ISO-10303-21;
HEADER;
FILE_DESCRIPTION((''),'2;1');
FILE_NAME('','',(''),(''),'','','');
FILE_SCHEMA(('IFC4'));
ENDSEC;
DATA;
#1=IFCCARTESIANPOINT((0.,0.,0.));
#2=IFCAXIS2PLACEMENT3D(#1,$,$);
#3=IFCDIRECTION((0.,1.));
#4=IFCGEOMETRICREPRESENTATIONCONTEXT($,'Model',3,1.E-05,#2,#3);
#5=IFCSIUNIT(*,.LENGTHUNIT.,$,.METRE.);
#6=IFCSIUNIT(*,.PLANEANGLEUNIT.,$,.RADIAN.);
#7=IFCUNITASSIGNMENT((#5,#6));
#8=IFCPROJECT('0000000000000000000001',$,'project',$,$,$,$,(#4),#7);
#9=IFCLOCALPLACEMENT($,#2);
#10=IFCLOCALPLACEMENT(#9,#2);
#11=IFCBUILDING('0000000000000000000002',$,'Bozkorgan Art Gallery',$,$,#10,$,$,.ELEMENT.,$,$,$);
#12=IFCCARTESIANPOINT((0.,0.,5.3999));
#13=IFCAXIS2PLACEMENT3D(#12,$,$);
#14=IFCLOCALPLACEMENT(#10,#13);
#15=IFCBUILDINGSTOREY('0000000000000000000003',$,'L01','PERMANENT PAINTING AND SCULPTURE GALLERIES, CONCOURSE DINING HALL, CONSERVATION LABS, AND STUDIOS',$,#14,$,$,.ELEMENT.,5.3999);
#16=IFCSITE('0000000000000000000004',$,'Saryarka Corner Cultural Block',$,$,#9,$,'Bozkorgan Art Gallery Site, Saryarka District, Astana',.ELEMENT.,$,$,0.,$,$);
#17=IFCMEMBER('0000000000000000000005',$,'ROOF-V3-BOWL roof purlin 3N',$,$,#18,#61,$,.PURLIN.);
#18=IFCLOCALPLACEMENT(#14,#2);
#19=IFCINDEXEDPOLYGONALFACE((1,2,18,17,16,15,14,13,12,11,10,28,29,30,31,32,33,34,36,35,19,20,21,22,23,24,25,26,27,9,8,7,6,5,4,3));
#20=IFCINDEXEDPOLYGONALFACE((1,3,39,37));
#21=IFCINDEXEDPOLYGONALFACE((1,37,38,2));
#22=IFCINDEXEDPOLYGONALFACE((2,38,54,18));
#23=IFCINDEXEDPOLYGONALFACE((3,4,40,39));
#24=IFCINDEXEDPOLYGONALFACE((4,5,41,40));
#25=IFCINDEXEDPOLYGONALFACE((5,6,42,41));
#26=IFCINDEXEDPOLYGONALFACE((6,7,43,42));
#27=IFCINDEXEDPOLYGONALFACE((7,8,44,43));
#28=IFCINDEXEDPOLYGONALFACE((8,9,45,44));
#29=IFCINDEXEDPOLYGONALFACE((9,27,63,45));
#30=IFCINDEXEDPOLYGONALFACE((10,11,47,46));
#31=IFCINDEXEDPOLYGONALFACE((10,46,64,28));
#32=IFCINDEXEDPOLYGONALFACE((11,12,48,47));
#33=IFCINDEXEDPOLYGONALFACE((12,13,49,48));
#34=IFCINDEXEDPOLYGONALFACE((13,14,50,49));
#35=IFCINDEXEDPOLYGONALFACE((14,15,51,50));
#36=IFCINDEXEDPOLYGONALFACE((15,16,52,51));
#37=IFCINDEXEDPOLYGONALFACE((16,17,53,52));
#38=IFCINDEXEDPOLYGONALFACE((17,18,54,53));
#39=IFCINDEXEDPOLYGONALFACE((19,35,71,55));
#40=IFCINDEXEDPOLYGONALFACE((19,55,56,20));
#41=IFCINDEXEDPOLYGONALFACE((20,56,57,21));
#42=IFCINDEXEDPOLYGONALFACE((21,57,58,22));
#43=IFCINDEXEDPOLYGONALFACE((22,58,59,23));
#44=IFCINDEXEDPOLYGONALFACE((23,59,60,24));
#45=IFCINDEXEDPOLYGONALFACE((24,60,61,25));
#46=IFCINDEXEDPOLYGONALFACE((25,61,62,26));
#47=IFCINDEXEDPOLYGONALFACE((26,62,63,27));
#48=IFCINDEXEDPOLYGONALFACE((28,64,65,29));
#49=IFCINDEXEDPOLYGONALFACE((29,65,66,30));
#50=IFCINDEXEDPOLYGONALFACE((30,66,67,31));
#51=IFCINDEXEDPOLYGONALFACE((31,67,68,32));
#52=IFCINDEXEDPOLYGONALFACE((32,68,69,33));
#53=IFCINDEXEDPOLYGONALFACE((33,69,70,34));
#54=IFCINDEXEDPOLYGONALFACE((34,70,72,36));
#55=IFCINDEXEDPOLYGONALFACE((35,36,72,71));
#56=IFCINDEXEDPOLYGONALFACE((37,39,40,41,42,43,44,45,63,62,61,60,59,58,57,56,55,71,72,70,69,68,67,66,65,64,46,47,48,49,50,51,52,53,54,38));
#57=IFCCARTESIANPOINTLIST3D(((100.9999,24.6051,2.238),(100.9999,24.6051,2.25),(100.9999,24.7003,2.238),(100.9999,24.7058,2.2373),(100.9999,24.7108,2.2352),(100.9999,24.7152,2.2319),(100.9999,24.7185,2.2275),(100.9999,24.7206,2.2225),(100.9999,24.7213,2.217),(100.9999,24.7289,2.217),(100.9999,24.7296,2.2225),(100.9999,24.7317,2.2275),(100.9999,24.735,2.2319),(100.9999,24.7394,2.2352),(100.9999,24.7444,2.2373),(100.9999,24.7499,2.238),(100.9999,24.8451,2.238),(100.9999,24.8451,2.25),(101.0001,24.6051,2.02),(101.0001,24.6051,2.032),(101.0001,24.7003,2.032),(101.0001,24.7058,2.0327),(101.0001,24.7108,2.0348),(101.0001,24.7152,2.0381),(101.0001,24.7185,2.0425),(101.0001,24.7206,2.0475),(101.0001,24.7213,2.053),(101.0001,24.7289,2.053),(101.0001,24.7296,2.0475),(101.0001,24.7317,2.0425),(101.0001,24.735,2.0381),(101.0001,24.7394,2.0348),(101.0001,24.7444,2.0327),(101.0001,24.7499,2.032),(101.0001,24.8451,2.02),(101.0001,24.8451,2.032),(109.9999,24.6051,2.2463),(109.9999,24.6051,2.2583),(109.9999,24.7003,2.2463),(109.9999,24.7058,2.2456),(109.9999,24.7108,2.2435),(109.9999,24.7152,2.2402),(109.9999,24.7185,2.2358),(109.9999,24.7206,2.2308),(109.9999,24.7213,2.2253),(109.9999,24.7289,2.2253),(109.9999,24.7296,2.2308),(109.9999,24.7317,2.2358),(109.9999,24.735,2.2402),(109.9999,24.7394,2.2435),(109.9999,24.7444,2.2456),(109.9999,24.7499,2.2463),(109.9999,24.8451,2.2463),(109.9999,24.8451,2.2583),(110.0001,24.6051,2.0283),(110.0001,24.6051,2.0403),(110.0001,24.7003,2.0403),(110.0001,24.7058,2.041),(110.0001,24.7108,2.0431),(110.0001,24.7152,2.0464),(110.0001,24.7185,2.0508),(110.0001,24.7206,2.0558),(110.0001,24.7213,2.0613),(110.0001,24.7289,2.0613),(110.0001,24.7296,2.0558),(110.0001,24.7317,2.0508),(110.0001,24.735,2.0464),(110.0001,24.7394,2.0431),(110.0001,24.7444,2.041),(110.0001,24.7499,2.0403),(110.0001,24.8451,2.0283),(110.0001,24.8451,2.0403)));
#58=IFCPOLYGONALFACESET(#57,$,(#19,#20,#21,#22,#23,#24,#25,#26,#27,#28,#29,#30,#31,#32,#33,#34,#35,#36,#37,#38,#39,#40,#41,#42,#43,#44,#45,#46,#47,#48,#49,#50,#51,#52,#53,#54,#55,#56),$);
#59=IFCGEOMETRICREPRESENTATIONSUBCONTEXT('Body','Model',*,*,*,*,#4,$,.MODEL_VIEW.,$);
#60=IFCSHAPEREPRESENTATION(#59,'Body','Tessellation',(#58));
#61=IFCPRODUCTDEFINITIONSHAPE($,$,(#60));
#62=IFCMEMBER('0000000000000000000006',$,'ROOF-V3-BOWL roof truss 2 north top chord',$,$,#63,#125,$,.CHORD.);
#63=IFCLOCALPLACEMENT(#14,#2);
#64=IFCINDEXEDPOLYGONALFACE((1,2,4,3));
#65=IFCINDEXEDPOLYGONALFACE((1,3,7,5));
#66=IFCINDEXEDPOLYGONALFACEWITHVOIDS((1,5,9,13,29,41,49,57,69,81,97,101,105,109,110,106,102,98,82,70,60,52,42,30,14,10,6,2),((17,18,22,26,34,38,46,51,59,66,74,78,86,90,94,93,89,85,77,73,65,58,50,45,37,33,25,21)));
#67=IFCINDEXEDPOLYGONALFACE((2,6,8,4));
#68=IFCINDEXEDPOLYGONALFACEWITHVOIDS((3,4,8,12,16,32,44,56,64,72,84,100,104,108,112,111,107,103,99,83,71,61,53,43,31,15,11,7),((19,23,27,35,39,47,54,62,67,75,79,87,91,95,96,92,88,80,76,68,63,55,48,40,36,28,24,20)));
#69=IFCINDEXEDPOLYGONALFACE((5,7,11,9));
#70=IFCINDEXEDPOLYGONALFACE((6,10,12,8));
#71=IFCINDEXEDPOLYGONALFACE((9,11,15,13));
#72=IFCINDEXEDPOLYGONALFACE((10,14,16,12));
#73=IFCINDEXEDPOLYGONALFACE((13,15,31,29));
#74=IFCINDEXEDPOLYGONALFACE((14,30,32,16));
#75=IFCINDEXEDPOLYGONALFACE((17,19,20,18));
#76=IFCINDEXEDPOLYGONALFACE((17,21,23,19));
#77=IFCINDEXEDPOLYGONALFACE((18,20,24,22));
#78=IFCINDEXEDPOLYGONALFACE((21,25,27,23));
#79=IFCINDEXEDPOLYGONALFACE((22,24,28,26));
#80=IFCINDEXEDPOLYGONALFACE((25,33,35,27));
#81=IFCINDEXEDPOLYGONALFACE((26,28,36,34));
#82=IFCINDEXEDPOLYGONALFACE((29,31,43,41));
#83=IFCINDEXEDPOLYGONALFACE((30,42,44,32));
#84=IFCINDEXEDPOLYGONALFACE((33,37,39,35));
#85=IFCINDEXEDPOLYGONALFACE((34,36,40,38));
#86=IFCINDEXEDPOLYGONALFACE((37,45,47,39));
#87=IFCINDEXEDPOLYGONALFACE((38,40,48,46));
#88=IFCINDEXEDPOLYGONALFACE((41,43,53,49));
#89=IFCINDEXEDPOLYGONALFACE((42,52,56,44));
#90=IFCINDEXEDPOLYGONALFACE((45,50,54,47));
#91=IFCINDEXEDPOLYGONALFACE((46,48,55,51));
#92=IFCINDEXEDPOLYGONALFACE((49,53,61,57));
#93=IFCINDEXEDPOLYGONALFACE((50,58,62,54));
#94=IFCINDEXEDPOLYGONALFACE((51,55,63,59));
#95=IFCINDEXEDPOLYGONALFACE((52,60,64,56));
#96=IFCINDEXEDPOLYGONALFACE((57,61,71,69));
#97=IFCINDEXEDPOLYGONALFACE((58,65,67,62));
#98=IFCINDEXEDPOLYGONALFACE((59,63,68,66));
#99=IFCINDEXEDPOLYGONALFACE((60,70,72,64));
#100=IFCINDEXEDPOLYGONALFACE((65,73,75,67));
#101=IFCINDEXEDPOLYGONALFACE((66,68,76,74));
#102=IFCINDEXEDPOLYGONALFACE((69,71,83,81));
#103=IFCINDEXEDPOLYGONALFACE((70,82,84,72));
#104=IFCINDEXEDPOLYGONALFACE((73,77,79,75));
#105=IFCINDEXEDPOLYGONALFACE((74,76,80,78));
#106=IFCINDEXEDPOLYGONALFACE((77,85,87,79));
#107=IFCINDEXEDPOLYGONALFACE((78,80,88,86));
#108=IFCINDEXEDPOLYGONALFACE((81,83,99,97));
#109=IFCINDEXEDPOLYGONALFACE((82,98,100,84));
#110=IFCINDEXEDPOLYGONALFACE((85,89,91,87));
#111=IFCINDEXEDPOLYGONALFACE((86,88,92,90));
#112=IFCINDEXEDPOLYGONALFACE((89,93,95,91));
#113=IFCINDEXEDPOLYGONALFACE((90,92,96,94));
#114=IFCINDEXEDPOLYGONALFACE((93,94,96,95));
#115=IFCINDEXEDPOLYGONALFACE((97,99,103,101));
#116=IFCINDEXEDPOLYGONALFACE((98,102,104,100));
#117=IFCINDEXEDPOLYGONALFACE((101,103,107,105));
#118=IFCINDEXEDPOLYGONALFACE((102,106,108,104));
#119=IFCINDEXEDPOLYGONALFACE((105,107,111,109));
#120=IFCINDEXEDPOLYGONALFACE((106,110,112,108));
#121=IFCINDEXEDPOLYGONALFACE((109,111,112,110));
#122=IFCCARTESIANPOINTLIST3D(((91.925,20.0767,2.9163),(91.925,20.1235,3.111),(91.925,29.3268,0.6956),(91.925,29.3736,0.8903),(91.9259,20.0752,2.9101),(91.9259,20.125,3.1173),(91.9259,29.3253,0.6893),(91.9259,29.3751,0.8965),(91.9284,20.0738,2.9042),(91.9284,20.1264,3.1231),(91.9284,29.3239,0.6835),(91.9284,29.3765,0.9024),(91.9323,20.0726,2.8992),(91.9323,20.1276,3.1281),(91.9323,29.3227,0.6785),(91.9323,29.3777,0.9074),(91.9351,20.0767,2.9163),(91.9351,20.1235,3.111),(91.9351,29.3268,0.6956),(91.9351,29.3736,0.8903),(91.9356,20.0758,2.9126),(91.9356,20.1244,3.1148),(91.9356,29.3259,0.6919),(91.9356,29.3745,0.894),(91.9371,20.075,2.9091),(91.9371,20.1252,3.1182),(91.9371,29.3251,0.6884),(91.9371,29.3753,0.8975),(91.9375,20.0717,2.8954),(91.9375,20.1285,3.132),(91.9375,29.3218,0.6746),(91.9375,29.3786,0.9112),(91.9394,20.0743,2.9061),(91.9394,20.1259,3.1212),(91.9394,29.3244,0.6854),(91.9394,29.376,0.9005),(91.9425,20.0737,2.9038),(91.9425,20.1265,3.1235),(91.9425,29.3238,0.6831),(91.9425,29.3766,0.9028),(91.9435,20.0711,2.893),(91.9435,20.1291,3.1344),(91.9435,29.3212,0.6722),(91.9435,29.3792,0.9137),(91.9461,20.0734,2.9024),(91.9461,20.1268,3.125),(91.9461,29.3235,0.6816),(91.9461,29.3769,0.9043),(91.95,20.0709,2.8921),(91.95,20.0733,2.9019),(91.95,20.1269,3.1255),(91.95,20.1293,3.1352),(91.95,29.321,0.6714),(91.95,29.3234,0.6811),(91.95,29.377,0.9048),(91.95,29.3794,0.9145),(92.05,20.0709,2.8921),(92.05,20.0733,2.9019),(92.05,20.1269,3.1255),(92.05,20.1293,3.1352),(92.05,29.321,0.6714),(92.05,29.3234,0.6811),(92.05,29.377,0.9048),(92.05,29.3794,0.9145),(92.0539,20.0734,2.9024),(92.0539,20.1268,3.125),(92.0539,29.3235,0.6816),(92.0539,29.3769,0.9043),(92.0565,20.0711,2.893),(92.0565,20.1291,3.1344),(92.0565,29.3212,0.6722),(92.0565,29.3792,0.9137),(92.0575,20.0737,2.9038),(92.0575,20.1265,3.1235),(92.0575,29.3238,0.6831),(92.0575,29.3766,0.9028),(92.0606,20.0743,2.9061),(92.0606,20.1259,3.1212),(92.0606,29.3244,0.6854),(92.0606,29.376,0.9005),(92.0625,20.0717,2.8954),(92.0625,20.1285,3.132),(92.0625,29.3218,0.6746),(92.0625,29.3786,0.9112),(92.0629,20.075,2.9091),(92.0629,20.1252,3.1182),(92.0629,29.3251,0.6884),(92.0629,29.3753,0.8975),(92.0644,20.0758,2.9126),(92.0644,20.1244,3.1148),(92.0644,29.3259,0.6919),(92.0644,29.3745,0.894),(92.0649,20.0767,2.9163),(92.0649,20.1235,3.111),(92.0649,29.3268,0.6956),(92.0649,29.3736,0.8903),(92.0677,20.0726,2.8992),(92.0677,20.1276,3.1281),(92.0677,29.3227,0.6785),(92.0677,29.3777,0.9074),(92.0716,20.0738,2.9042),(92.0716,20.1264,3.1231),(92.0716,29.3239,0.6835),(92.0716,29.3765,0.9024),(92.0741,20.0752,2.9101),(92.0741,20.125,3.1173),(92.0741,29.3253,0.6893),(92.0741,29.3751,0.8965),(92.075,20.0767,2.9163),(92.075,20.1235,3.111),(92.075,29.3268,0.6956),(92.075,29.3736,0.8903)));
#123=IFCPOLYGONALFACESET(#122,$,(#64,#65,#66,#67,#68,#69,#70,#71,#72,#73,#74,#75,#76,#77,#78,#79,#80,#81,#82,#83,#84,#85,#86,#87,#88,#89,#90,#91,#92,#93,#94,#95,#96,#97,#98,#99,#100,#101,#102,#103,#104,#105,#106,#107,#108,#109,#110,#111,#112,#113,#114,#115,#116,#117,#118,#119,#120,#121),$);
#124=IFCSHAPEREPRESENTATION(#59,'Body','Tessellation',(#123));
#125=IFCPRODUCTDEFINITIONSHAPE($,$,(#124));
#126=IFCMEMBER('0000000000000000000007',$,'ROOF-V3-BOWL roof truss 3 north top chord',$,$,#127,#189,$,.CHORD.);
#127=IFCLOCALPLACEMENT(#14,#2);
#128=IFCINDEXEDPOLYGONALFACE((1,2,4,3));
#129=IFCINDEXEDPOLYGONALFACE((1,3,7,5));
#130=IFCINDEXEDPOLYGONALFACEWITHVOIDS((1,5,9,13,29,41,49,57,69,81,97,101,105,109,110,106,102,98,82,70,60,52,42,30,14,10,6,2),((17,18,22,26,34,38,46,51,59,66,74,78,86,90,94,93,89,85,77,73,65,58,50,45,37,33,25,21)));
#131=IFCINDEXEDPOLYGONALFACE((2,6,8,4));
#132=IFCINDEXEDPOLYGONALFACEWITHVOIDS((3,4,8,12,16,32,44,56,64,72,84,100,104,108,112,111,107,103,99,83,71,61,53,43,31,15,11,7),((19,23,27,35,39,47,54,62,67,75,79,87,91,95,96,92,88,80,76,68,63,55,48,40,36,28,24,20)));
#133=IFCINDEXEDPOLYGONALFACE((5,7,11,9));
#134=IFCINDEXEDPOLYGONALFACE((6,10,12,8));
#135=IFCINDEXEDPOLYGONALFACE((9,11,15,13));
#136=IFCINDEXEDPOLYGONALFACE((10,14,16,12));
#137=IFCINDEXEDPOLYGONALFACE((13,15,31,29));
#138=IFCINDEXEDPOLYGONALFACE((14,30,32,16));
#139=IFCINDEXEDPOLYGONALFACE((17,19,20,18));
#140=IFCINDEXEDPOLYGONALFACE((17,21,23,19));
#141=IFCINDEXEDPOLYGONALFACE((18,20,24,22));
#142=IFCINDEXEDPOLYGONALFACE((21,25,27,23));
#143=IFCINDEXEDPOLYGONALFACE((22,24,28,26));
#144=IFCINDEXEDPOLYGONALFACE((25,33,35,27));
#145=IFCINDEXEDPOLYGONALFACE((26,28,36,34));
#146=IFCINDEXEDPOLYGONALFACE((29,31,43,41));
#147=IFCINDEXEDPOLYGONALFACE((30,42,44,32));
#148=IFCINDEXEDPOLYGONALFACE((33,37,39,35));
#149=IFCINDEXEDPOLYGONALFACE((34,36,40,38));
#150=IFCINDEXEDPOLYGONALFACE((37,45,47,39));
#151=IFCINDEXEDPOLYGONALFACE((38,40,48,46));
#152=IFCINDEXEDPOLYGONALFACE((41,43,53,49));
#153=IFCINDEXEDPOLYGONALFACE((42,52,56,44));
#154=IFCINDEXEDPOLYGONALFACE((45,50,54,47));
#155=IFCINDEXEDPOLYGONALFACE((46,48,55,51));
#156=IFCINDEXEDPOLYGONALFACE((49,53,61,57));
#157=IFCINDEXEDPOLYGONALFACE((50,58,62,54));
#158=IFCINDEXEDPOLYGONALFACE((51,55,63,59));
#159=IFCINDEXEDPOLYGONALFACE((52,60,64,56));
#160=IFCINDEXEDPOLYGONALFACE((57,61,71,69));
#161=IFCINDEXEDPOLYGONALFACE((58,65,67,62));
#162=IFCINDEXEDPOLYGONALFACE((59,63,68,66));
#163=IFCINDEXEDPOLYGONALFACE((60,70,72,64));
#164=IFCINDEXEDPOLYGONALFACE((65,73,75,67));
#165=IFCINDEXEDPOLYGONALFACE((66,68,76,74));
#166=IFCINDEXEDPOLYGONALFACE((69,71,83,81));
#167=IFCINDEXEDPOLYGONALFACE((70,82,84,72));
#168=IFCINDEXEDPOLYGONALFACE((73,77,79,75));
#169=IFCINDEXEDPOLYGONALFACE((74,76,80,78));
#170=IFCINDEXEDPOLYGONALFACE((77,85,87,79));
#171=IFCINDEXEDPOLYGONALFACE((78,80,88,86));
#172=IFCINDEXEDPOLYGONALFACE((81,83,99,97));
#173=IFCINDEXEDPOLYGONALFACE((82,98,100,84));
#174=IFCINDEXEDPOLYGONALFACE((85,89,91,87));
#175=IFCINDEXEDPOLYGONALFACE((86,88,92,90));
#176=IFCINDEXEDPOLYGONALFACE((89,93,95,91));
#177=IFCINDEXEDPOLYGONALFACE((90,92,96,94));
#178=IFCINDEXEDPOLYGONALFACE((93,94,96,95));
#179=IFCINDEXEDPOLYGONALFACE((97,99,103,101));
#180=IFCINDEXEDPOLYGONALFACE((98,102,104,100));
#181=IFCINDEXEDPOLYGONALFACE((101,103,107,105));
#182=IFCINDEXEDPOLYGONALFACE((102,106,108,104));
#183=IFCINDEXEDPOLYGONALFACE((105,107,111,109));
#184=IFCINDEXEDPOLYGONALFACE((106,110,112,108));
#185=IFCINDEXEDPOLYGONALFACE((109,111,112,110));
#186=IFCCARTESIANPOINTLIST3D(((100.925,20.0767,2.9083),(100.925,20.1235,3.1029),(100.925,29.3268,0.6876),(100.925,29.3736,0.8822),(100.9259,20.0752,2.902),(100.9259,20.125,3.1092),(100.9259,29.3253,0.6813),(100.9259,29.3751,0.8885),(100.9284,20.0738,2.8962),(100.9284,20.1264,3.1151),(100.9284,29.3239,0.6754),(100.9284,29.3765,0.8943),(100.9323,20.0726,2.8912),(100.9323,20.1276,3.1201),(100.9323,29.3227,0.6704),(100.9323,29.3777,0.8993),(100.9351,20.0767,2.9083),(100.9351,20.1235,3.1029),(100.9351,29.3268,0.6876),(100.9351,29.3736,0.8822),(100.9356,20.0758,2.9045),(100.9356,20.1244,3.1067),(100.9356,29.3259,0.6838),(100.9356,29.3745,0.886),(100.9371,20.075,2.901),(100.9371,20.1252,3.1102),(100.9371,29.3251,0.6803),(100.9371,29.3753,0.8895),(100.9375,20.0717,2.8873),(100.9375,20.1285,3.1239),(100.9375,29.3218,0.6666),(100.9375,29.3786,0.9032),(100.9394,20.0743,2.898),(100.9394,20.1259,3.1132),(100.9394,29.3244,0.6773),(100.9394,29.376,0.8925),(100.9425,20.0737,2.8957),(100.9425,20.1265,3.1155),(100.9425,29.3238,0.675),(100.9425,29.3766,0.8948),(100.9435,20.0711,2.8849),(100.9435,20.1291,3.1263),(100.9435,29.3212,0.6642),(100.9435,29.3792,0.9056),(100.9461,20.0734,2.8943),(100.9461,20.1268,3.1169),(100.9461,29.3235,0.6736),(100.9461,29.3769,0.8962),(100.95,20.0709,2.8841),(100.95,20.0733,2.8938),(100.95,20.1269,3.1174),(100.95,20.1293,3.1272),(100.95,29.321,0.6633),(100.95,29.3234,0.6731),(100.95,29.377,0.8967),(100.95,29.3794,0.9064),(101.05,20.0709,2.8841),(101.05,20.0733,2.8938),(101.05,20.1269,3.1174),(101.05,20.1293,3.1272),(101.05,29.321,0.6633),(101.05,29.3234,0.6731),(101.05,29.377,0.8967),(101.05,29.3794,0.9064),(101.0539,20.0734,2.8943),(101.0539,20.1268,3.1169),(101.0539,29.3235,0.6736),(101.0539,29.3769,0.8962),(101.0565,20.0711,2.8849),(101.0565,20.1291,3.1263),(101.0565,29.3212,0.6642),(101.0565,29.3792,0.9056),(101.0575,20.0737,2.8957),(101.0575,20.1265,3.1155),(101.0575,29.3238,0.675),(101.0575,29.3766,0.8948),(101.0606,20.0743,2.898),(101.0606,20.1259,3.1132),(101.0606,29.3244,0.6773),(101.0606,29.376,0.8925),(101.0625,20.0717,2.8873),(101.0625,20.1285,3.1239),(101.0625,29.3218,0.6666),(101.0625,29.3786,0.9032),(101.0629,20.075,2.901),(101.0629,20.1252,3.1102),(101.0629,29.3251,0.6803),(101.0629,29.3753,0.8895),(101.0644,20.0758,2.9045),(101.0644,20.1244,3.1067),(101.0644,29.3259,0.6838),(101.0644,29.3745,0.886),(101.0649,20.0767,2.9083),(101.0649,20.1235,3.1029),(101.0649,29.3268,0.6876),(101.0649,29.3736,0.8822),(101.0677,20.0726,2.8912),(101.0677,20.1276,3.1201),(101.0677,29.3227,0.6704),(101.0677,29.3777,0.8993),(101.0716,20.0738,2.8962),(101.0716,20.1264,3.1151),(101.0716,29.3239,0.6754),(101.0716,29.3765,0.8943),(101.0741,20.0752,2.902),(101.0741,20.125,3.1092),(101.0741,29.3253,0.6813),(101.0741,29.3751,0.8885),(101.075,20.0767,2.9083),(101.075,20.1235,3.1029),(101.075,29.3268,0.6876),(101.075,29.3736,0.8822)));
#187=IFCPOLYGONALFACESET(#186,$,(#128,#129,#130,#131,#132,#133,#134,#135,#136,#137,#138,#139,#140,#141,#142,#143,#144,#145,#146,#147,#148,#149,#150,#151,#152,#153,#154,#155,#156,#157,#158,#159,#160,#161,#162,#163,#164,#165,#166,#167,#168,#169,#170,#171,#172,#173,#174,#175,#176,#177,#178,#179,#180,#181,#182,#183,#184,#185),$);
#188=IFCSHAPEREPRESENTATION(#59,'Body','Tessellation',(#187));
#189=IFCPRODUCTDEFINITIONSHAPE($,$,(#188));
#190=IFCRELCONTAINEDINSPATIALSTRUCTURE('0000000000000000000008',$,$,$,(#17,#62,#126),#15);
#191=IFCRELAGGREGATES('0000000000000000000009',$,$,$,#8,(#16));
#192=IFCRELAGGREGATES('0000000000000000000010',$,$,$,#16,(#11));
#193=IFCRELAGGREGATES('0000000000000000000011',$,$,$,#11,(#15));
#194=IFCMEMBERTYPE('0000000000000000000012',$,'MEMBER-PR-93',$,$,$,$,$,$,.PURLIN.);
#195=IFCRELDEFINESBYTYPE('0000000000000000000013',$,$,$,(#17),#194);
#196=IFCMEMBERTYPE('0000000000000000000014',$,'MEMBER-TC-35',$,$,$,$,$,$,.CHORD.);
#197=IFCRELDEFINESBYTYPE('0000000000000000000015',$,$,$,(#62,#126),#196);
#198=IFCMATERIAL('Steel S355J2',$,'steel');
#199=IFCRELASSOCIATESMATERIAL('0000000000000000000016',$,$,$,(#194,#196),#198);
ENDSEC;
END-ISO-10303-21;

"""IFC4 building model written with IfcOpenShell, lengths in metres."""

from ifc_helpers import new_model, si_unit, direction, frame, origin, origin_2d, place, context, subcontext, project, spatial, hollow_rectangle, i_section, extrude, material, material_profile, profile_set, type_object, element, save


model = new_model("IFC4")

# Units and contexts
model_context = context("Model", 3, precision=1e-05, world=origin(), true_north=direction((0.0, 1.0)))
body_context = subcontext(model_context, "Body", "Model", "MODEL_VIEW")
ifc_project = project(units=[si_unit("LENGTHUNIT", "METRE"), si_unit("PLANEANGLEUNIT", "RADIAN")], contexts=[model_context])

# Site, building, storey
site_placement = place(None, origin())
site = spatial("IfcSite", under=ifc_project, at=site_placement, Name="Saryarka Corner Cultural Block", LongName="Bozkorgan Art Gallery Site, Saryarka District, Astana", CompositionType="ELEMENT", RefElevation=0.0)
building_placement = place(site_placement, origin())
building = spatial("IfcBuilding", under=site, at=building_placement, Name="Bozkorgan Art Gallery", CompositionType="ELEMENT")
storey_placement = place(building_placement, frame((0.0, 0.0, 5.3999)))
storey = spatial("IfcBuildingStorey", under=building, at=storey_placement, Name="L01", Description="PERMANENT PAINTING AND SCULPTURE GALLERIES, CONCOURSE DINING HALL, CONSERVATION LABS, AND STUDIOS", CompositionType="ELEMENT", Elevation=5.3999)

# Members
ifc_material_1 = material(Name="Steel S355J2", Category="steel")
ifc_material_profile_1 = material_profile(ifc_material_1, i_section(OverallWidth=0.24, OverallDepth=0.23, WebThickness=0.0076, FlangeThickness=0.012, FilletRadius=0.021, at=origin_2d()), Name="HEA 240")
ifc_profile_set_1 = profile_set([ifc_material_profile_1], Name="Steel S355J2")
member_type_1 = type_object("IfcMemberType", Name="MEMBER-PR-93", PredefinedType="PURLIN", material=ifc_profile_set_1)
for number, where, z_axis, x_axis, name in (
    (1, (101.0, 24.7251, 2.135), (1.0, 0.0, 0.000922), (0.0, 1.0, 0.0), "ROOF-V3-BOWL roof purlin 3N"),
):
    element("IfcMember", number, at=place(storey_placement, frame(where, z_axis=z_axis, x_axis=x_axis)), inside=storey, type_object=member_type_1, Name=name, PredefinedType="PURLIN", context=body_context, shape_type="SweptSolid", body=[
        extrude(i_section(OverallWidth=0.24, OverallDepth=0.23, WebThickness=0.0076, FlangeThickness=0.012, FilletRadius=0.021, at=origin_2d()), origin(), (0.0, 0.0, 1.0), 9.0),
    ])
ifc_material_profile_2 = material_profile(ifc_material_1, hollow_rectangle(XDim=0.1499, YDim=0.25, WallThickness=0.01, InnerFilletRadius=0.0149, OuterFilletRadius=0.0249, at=origin_2d()), Name="RHS 250x150x10")
ifc_profile_set_2 = profile_set([ifc_material_profile_2], Name="Steel S355J2")
member_type_2 = type_object("IfcMemberType", Name="MEMBER-TC-35", PredefinedType="CHORD", material=ifc_profile_set_2)
for number, where, z_axis, x_axis, name in (
    (2, (92.0, 20.1001, 3.0137), (0.0, 0.972371, -0.233443), (-1.0, 0.0, 0.0), "ROOF-V3-BOWL roof truss 2 north top chord"),
    (3, (101.0, 20.1001, 3.0056), (0.0, 0.972371, -0.233443), (-1.0, 0.0, 0.0), "ROOF-V3-BOWL roof truss 3 north top chord"),
):
    element("IfcMember", number, at=place(storey_placement, frame(where, z_axis=z_axis, x_axis=x_axis)), inside=storey, type_object=member_type_2, Name=name, PredefinedType="CHORD", context=body_context, shape_type="SweptSolid", body=[
        extrude(hollow_rectangle(XDim=0.1499, YDim=0.25, WallThickness=0.01, InnerFilletRadius=0.0149, OuterFilletRadius=0.0249, at=origin_2d()), origin(), (0.0, 0.0, 1.0), 9.5129),
    ])

save(model, "model.ifc")
